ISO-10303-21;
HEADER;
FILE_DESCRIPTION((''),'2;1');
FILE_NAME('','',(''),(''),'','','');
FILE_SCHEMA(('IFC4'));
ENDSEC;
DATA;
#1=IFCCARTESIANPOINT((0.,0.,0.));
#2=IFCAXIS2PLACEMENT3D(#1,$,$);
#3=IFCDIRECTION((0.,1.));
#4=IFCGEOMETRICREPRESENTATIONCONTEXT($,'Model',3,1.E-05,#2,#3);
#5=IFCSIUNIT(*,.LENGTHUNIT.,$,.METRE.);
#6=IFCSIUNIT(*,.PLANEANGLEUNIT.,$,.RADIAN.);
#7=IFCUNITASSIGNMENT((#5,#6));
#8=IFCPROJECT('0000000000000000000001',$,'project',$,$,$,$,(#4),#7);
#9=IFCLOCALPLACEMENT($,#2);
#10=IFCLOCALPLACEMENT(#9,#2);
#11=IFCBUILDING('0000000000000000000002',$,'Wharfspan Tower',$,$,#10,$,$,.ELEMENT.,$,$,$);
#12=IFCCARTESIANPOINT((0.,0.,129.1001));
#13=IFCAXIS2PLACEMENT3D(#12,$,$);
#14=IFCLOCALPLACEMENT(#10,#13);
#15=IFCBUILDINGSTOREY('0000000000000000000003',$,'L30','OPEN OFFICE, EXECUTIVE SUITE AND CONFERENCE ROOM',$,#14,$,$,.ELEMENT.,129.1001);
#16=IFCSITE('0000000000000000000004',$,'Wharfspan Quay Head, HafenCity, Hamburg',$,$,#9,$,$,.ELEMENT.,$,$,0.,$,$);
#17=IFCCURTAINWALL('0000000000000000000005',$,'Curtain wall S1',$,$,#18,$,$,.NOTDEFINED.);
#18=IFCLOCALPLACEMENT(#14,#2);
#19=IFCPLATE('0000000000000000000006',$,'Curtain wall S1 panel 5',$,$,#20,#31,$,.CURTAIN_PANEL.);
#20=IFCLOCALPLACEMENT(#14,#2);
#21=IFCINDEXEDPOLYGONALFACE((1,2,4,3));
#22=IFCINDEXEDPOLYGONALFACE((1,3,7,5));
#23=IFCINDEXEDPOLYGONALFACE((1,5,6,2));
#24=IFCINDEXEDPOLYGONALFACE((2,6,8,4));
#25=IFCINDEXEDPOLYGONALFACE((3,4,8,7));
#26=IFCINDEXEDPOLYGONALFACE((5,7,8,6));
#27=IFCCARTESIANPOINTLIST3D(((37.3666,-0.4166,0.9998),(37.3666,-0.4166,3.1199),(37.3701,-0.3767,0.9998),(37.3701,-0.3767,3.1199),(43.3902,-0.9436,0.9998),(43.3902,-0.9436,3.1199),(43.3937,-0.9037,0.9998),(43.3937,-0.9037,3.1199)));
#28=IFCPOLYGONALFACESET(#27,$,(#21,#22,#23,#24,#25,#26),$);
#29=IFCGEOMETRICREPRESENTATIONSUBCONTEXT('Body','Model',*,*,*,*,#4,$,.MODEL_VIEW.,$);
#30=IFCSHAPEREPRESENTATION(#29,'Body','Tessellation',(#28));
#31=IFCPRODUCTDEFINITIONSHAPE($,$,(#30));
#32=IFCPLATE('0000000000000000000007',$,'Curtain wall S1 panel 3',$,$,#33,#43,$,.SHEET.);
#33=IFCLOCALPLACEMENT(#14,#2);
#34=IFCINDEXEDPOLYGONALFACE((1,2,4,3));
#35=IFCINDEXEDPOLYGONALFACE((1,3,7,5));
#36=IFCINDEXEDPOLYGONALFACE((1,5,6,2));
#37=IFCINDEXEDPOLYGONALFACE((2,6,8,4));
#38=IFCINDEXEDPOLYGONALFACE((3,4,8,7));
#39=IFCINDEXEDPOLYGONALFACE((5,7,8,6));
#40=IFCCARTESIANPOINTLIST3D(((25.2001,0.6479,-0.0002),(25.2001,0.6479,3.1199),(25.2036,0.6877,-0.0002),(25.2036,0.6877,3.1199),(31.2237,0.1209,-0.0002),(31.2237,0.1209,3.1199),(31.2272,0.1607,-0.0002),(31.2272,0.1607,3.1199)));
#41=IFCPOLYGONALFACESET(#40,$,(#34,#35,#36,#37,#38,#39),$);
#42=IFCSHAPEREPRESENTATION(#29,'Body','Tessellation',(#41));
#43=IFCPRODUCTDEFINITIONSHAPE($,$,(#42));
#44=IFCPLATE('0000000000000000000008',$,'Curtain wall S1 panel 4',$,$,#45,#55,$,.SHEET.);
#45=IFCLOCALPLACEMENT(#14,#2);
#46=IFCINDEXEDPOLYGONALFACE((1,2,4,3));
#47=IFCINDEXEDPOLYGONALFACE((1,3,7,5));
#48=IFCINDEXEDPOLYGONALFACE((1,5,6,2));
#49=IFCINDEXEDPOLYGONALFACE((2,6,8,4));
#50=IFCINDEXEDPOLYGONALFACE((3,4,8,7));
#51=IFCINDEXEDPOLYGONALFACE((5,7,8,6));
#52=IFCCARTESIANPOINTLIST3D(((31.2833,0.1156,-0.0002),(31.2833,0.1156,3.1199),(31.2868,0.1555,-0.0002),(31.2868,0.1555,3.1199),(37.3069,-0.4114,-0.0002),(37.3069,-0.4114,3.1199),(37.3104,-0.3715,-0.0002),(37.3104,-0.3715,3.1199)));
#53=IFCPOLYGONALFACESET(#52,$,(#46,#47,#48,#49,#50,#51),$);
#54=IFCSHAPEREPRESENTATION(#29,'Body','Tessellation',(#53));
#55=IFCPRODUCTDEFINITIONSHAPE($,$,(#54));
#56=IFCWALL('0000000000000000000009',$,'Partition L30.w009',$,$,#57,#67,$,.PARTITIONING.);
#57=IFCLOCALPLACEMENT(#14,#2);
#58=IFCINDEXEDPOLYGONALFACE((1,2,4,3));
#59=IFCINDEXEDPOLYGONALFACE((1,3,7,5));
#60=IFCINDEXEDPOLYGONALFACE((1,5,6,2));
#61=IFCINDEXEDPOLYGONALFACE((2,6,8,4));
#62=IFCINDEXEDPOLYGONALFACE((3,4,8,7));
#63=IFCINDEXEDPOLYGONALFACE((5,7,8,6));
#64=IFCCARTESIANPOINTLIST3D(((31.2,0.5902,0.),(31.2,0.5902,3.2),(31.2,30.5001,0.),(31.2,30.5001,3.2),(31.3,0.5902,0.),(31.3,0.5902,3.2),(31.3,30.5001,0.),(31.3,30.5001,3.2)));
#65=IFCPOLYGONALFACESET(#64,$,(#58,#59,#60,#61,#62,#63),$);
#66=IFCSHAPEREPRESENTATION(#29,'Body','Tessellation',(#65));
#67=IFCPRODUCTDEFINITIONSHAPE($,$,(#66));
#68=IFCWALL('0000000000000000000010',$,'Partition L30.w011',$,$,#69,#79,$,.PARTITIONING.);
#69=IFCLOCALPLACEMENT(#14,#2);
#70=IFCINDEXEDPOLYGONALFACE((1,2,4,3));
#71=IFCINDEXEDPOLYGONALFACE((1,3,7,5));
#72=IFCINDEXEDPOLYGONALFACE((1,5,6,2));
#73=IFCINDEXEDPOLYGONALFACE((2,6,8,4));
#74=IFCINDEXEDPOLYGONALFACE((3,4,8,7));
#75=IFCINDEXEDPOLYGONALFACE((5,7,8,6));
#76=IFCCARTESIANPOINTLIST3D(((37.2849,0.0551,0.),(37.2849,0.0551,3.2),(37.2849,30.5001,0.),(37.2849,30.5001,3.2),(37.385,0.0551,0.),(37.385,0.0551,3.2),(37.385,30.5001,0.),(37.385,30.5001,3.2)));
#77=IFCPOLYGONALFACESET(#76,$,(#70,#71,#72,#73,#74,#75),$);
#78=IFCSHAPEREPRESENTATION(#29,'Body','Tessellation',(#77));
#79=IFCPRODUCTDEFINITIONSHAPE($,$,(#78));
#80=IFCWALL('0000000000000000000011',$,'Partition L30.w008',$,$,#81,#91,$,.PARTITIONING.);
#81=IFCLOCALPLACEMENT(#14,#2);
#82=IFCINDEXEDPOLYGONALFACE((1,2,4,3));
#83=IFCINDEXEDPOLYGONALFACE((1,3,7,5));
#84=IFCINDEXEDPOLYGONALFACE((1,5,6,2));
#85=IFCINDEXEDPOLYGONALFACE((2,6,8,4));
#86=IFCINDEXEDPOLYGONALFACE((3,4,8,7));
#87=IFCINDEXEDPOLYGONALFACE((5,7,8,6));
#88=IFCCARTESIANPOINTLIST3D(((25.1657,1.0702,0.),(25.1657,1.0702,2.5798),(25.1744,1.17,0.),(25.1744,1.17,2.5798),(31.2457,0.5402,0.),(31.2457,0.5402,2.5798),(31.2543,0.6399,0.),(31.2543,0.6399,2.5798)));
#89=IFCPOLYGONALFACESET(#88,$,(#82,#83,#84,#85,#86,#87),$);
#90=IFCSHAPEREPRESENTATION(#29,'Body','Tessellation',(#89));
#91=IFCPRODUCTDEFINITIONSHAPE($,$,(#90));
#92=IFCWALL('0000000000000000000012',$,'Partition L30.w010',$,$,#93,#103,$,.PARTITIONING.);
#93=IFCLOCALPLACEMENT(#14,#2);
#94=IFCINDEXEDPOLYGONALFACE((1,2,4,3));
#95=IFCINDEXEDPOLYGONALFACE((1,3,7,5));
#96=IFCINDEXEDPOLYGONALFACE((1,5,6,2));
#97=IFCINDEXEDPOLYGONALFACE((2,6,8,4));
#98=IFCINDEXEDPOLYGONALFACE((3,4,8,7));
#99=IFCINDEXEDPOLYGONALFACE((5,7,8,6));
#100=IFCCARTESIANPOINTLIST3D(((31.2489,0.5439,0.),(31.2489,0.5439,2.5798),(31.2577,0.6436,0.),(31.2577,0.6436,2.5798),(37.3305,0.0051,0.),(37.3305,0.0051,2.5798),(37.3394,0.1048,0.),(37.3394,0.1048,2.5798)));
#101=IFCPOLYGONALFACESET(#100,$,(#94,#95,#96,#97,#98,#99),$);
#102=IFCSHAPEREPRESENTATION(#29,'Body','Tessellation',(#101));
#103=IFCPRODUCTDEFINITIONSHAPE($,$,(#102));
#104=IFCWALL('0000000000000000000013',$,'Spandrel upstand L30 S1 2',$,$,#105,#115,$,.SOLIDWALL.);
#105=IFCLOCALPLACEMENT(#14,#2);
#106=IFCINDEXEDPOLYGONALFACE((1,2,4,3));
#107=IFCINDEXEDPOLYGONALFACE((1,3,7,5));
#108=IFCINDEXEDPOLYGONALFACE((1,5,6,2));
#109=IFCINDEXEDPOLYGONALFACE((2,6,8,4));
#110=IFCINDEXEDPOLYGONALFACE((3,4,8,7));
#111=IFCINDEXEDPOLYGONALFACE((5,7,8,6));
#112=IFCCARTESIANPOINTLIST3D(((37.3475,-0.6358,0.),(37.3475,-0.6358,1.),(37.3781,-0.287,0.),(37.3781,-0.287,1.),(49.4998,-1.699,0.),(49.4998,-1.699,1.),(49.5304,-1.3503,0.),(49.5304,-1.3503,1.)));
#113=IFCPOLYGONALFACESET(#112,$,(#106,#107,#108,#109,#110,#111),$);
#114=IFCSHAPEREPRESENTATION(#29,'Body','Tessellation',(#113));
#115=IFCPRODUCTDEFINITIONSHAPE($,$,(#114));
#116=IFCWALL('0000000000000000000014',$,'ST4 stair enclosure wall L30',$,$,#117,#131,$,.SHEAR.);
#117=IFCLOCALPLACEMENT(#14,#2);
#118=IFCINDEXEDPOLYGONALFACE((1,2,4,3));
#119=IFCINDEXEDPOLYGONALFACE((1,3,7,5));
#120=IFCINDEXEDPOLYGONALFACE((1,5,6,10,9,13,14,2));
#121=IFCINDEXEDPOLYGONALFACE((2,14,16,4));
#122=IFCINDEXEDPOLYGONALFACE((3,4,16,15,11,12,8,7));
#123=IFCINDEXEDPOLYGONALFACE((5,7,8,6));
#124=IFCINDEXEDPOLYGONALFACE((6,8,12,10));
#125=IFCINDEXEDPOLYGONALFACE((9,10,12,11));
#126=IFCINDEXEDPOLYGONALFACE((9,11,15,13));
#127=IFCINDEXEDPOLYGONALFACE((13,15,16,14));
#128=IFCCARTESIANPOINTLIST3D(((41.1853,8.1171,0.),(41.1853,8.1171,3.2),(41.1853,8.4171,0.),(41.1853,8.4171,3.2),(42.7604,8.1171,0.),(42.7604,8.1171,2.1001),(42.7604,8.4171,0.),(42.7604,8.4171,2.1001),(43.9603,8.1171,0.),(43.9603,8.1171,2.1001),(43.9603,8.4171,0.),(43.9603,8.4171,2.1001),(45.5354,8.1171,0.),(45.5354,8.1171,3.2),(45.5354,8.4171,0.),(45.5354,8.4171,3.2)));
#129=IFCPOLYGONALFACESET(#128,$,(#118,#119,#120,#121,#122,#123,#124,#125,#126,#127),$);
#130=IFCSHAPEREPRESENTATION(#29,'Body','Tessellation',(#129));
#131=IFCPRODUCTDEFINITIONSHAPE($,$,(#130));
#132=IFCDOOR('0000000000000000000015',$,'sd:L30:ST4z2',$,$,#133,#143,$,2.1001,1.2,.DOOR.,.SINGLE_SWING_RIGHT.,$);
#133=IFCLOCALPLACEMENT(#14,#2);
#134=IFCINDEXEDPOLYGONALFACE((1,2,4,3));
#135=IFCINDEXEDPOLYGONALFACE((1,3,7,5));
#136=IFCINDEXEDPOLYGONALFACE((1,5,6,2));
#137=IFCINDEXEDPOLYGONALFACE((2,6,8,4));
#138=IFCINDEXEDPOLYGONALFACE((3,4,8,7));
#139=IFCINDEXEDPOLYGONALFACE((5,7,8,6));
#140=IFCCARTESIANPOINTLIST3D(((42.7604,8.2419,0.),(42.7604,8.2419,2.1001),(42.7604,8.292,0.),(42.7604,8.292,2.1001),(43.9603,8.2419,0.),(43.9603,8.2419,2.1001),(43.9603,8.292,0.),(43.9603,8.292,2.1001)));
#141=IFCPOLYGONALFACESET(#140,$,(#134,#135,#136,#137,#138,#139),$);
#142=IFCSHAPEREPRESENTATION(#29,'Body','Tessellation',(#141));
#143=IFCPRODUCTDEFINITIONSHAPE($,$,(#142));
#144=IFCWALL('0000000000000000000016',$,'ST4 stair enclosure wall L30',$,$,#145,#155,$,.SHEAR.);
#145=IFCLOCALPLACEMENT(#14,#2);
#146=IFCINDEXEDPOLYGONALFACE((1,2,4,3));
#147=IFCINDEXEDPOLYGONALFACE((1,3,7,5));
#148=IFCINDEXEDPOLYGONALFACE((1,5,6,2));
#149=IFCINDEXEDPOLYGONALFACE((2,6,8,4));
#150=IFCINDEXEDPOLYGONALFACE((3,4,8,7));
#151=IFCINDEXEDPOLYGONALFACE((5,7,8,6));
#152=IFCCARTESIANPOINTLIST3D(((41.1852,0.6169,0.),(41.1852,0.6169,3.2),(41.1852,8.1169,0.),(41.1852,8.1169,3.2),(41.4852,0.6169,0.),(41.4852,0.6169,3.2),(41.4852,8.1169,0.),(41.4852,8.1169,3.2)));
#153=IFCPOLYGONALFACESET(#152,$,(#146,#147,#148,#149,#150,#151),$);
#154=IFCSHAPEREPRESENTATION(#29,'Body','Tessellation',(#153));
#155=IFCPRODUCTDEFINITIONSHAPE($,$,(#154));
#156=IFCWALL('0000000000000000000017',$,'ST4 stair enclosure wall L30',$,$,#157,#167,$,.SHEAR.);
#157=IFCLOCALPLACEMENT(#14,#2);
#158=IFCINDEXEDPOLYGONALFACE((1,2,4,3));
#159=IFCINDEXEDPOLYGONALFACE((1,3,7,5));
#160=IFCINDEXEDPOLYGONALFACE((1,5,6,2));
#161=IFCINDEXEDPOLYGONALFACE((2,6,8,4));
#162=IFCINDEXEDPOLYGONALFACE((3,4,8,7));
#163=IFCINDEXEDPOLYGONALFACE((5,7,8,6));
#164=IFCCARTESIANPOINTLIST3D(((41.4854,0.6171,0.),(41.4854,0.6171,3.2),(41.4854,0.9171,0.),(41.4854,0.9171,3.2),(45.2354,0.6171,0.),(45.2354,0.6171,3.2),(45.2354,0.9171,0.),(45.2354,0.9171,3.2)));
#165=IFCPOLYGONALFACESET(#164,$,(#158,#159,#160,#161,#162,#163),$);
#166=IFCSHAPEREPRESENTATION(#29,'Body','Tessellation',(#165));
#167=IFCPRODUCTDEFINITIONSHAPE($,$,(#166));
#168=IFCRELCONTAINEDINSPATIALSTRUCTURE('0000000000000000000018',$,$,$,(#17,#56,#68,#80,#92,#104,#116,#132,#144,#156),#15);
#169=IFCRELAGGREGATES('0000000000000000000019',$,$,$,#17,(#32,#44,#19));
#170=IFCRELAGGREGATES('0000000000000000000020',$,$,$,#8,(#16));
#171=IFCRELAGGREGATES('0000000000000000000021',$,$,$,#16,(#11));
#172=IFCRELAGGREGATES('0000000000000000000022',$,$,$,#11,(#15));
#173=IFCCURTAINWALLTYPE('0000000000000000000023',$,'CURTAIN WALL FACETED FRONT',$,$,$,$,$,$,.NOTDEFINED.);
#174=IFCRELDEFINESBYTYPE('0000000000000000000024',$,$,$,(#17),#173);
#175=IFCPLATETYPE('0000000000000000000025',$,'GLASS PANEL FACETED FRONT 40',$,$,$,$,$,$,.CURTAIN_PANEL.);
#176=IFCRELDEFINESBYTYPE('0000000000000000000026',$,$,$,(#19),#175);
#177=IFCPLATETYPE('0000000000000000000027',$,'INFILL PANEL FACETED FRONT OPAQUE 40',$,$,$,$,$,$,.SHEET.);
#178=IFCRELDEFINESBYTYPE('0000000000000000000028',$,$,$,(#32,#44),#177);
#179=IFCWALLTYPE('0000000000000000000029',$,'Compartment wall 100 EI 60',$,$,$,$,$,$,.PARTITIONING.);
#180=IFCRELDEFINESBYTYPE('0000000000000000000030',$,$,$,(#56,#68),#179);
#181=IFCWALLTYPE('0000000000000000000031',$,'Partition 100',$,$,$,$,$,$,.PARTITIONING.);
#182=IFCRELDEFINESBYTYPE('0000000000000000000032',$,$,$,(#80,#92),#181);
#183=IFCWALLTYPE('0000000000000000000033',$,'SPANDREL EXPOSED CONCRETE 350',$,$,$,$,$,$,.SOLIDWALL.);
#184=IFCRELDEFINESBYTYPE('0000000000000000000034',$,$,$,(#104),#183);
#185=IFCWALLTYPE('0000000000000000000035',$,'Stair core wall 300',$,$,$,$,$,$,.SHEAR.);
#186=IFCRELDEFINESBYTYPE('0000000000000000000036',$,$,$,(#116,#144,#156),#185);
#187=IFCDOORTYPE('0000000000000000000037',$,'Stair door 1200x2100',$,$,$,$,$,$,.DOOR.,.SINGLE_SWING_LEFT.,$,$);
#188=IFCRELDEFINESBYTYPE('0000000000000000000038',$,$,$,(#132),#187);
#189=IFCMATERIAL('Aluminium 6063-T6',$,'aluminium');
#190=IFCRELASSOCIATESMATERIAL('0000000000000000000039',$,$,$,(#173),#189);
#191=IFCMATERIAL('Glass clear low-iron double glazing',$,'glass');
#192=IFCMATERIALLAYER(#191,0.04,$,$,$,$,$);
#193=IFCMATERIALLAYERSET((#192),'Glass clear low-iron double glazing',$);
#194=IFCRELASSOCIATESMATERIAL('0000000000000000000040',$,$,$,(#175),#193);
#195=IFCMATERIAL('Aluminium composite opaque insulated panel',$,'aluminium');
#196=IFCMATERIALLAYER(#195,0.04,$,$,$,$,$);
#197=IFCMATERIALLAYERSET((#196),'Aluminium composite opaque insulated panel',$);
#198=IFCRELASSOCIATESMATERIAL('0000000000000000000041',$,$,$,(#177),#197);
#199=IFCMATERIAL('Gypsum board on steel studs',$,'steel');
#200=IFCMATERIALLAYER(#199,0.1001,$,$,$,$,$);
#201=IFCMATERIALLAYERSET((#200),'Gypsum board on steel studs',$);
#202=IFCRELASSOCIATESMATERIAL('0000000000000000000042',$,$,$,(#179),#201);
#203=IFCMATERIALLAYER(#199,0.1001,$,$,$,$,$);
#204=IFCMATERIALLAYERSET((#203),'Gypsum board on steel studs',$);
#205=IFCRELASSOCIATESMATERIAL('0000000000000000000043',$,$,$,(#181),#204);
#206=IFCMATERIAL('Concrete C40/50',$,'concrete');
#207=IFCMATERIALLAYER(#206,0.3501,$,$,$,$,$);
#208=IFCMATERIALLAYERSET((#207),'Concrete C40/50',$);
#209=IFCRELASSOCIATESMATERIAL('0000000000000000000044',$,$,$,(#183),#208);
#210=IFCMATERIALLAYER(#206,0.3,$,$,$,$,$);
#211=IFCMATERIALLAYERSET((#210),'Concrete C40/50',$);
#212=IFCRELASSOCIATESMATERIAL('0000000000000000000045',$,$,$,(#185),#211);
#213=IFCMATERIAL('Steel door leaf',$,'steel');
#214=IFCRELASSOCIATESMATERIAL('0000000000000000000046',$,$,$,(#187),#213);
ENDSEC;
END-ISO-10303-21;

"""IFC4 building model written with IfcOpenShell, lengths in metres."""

from ifc_helpers import new_model, si_unit, direction, frame, frame_2d, origin, origin_2d, place, context, subcontext, project, spatial, rectangle, extrude, material, layer, layer_set, type_object, element, fill, aggregate, save


model = new_model("IFC4")

# Units and contexts
model_context = context("Model", 3, precision=1e-05, world=origin(), true_north=direction((0.0, 1.0)))
body_context = subcontext(model_context, "Body", "Model", "MODEL_VIEW")
ifc_project = project(units=[si_unit("LENGTHUNIT", "METRE"), si_unit("PLANEANGLEUNIT", "RADIAN")], contexts=[model_context])

# Site, building, storey
site_placement = place(None, origin())
site = spatial("IfcSite", under=ifc_project, at=site_placement, Name="Wharfspan Quay Head, HafenCity, Hamburg", CompositionType="ELEMENT", RefElevation=0.0)
building_placement = place(site_placement, origin())
building = spatial("IfcBuilding", under=site, at=building_placement, Name="Wharfspan Tower", CompositionType="ELEMENT")
storey_placement = place(building_placement, frame((0.0, 0.0, 129.1001)))
storey = spatial("IfcBuildingStorey", under=building, at=storey_placement, Name="L30", Description="OPEN OFFICE, EXECUTIVE SUITE AND CONFERENCE ROOM", CompositionType="ELEMENT", Elevation=129.1001)

# Curtain wall
ifc_material_1 = material(Name="Aluminium 6063-T6", Category="aluminium")
curtain_wall_type = type_object("IfcCurtainWallType", Name="CURTAIN WALL FACETED FRONT", PredefinedType="NOTDEFINED", material=ifc_material_1)
curtain_wall_placement = place(storey_placement, origin())
curtain_wall = element("IfcCurtainWall", 1, at=curtain_wall_placement, inside=storey, type_object=curtain_wall_type, Name="Curtain wall S1", PredefinedType="NOTDEFINED")

# Plates
ifc_material_2 = material(Name="Glass clear low-iron double glazing", Category="glass")
ifc_layer_1 = layer(ifc_material_2, 0.04)
ifc_layer_set_1 = layer_set([ifc_layer_1], Name="Glass clear low-iron double glazing")
plate_type_1 = type_object("IfcPlateType", Name="GLASS PANEL FACETED FRONT 40", PredefinedType="CURTAIN_PANEL", material=ifc_layer_set_1)
plate_1_placement = place(storey_placement, frame((40.3801, -0.6602, 0.9998), z_axis=(0.0, 0.0, 1.0), x_axis=(0.996198, -0.087156, 0.0)))
plate_1 = element("IfcPlate", 2, at=plate_1_placement, type_object=plate_type_1, Name="Curtain wall S1 panel 5", PredefinedType="CURTAIN_PANEL", context=body_context, shape_type="SweptSolid", body=[
    extrude(rectangle(XDim=6.0466, YDim=0.04, at=origin_2d()), origin(), (0.0, 0.0, 1.0), 2.1201),
])
ifc_material_3 = material(Name="Aluminium composite opaque insulated panel", Category="aluminium")
ifc_layer_2 = layer(ifc_material_3, 0.04)
ifc_layer_set_2 = layer_set([ifc_layer_2], Name="Aluminium composite opaque insulated panel")
plate_type_2 = type_object("IfcPlateType", Name="INFILL PANEL FACETED FRONT OPAQUE 40", PredefinedType="SHEET", material=ifc_layer_set_2)
plate_2_placement = place(storey_placement, frame((28.2136, 0.4043, -0.0002), z_axis=(0.0, 0.0, 1.0), x_axis=(0.996198, -0.087156, 0.0)))
plate_2 = element("IfcPlate", 3, at=plate_2_placement, type_object=plate_type_2, Name="Curtain wall S1 panel 3", PredefinedType="SHEET", context=body_context, shape_type="SweptSolid", body=[
    extrude(rectangle(XDim=6.0466, YDim=0.04, at=origin_2d()), origin(), (0.0, 0.0, 1.0), 3.1201),
])
plate_3_placement = place(storey_placement, frame((34.2969, -0.1279, -0.0002), z_axis=(0.0, 0.0, 1.0), x_axis=(0.996198, -0.087156, 0.0)))
plate_3 = element("IfcPlate", 4, at=plate_3_placement, type_object=plate_type_2, Name="Curtain wall S1 panel 4", PredefinedType="SHEET", context=body_context, shape_type="SweptSolid", body=[
    extrude(rectangle(XDim=6.0466, YDim=0.04, at=origin_2d()), origin(), (0.0, 0.0, 1.0), 3.1201),
])
aggregate(curtain_wall, [plate_2, plate_3, plate_1])

# Walls
ifc_material_4 = material(Name="Gypsum board on steel studs", Category="steel")
ifc_layer_3 = layer(ifc_material_4, 0.1001)
ifc_layer_set_3 = layer_set([ifc_layer_3], Name="Gypsum board on steel studs")
wall_type_1 = type_object("IfcWallType", Name="Compartment wall 100 EI 60", PredefinedType="PARTITIONING", material=ifc_layer_set_3)
wall_1_placement = place(storey_placement, frame((31.25, 0.5901, 0.0), z_axis=(0.0, 0.0, 1.0), x_axis=(0.0, 1.0, 0.0)))
element("IfcWall", 5, at=wall_1_placement, inside=storey, type_object=wall_type_1, Name="Partition L30.w009", PredefinedType="PARTITIONING", context=body_context, shape_type="SweptSolid", body=[
    extrude(rectangle(XDim=29.9099, YDim=0.1001, at=frame_2d((14.9551, 0.0))), origin(), (0.0, 0.0, 1.0), 3.2),
])
wall_2_placement = place(storey_placement, frame((37.335, 0.0549, 0.0), z_axis=(0.0, 0.0, 1.0), x_axis=(0.0, 1.0, 0.0)))
element("IfcWall", 6, at=wall_2_placement, inside=storey, type_object=wall_type_1, Name="Partition L30.w011", PredefinedType="PARTITIONING", context=body_context, shape_type="SweptSolid", body=[
    extrude(rectangle(XDim=30.4451, YDim=0.1001, at=frame_2d((15.2227, 0.0))), origin(), (0.0, 0.0, 1.0), 3.2),
])
ifc_layer_4 = layer(ifc_material_4, 0.1001)
ifc_layer_set_4 = layer_set([ifc_layer_4], Name="Gypsum board on steel studs")
wall_type_2 = type_object("IfcWallType", Name="Partition 100", PredefinedType="PARTITIONING", material=ifc_layer_set_4)
wall_3_placement = place(storey_placement, frame((31.25, 0.5901, 0.0), z_axis=(0.0, 0.0, 1.0), x_axis=(-0.996218, 0.086845, 0.0)))
element("IfcWall", 7, at=wall_3_placement, inside=storey, type_object=wall_type_2, Name="Partition L30.w008", PredefinedType="PARTITIONING", context=body_context, shape_type="SweptSolid", body=[
    extrude(rectangle(XDim=6.103, YDim=0.1001, at=frame_2d((3.0515, 0.0))), origin(), (0.0, 0.0, 1.0), 2.5798),
])
wall_4_placement = place(storey_placement, frame((37.335, 0.0549, 0.0), z_axis=(0.0, 0.0, 1.0), x_axis=(-0.996095, 0.088253, 0.0)))
element("IfcWall", 8, at=wall_4_placement, inside=storey, type_object=wall_type_2, Name="Partition L30.w010", PredefinedType="PARTITIONING", context=body_context, shape_type="SweptSolid", body=[
    extrude(rectangle(XDim=6.1055, YDim=0.1001, at=frame_2d((3.0527, 0.0))), origin(), (0.0, 0.0, 1.0), 2.5798),
])
ifc_material_5 = material(Name="Concrete C40/50", Category="concrete")
ifc_layer_5 = layer(ifc_material_5, 0.3501)
ifc_layer_set_5 = layer_set([ifc_layer_5], Name="Concrete C40/50")
wall_type_3 = type_object("IfcWallType", Name="SPANDREL EXPOSED CONCRETE 350", PredefinedType="SOLIDWALL", material=ifc_layer_set_5)
wall_5_placement = place(storey_placement, frame((37.3628, -0.4614, 0.0), z_axis=(0.0, 0.0, 1.0), x_axis=(0.996194, -0.087159, 0.0)))
element("IfcWall", 9, at=wall_5_placement, inside=storey, type_object=wall_type_3, Name="Spandrel upstand L30 S1 2", PredefinedType="SOLIDWALL", context=body_context, shape_type="SweptSolid", body=[
    extrude(rectangle(XDim=12.1987, YDim=0.3501, at=frame_2d((6.0994, 0.0))), origin(), (0.0, 0.0, 1.0), 1.0),
])

# Wall, opening, door
ifc_layer_6 = layer(ifc_material_5, 0.3)
ifc_layer_set_6 = layer_set([ifc_layer_6], Name="Concrete C40/50")
wall_type_4 = type_object("IfcWallType", Name="Stair core wall 300", PredefinedType="SHEAR", material=ifc_layer_set_6)
wall_6_placement = place(storey_placement, frame((41.1853, 8.2671, 0.0), z_axis=(0.0, 0.0, 1.0), x_axis=(1.0, 0.0, 0.0)))
wall_6 = element("IfcWall", 10, at=wall_6_placement, inside=storey, type_object=wall_type_4, Name="ST4 stair enclosure wall L30", PredefinedType="SHEAR", context=body_context, shape_type="SweptSolid", body=[
    extrude(rectangle(XDim=4.3501, YDim=0.3, at=frame_2d((2.175, 0.0))), origin(), (0.0, 0.0, 1.0), 3.2),
])
opening_placement = place(wall_6_placement, frame((1.575, 0.0, 0.0)))
opening = element("IfcOpeningElement", 11, at=opening_placement, cuts=wall_6, PredefinedType="OPENING", context=body_context, shape_type="SweptSolid", body=[
    extrude(rectangle(XDim=1.2, YDim=2.1001, at=frame_2d((0.6001, 1.05))), frame((0.0, 0.1599, 0.0), z_axis=(0.0, -1.0, 0.0), x_axis=(1.0, 0.0, 0.0)), (0.0, 0.0, 1.0), 0.3201),
])
ifc_material_6 = material(Name="Steel door leaf", Category="steel")
door_type = type_object("IfcDoorType", Name="Stair door 1200x2100", OperationType="SINGLE_SWING_LEFT", PredefinedType="DOOR", material=ifc_material_6)
door_placement = place(opening_placement, origin())
door = element("IfcDoor", 12, at=door_placement, inside=storey, type_object=door_type, Name="sd:L30:ST4z2", OperationType="SINGLE_SWING_RIGHT", OverallHeight=2.1001, OverallWidth=1.2, PredefinedType="DOOR", context=body_context, shape_type="SweptSolid", body=[
    extrude(rectangle(XDim=1.2, YDim=2.1001, at=frame_2d((0.6001, 1.05))), frame((0.0, 0.0249, 0.0), z_axis=(0.0, -1.0, 0.0), x_axis=(1.0, 0.0, 0.0)), (0.0, 0.0, 1.0), 0.05),
])
fill(opening, door)

# Walls
wall_7_placement = place(storey_placement, frame((41.3352, 0.6169, 0.0), z_axis=(0.0, 0.0, 1.0), x_axis=(0.0, 1.0, 0.0)))
element("IfcWall", 13, at=wall_7_placement, inside=storey, type_object=wall_type_4, Name="ST4 stair enclosure wall L30", PredefinedType="SHEAR", context=body_context, shape_type="SweptSolid", body=[
    extrude(rectangle(XDim=7.5, YDim=0.3, at=frame_2d((3.75, 0.0))), origin(), (0.0, 0.0, 1.0), 3.2),
])
wall_8_placement = place(storey_placement, frame((41.4854, 0.7671, 0.0), z_axis=(0.0, 0.0, 1.0), x_axis=(1.0, 0.0, 0.0)))
element("IfcWall", 14, at=wall_8_placement, inside=storey, type_object=wall_type_4, Name="ST4 stair enclosure wall L30", PredefinedType="SHEAR", context=body_context, shape_type="SweptSolid", body=[
    extrude(rectangle(XDim=3.75, YDim=0.3, at=frame_2d((1.875, 0.0))), origin(), (0.0, 0.0, 1.0), 3.2),
])

save(model, "model.ifc")
